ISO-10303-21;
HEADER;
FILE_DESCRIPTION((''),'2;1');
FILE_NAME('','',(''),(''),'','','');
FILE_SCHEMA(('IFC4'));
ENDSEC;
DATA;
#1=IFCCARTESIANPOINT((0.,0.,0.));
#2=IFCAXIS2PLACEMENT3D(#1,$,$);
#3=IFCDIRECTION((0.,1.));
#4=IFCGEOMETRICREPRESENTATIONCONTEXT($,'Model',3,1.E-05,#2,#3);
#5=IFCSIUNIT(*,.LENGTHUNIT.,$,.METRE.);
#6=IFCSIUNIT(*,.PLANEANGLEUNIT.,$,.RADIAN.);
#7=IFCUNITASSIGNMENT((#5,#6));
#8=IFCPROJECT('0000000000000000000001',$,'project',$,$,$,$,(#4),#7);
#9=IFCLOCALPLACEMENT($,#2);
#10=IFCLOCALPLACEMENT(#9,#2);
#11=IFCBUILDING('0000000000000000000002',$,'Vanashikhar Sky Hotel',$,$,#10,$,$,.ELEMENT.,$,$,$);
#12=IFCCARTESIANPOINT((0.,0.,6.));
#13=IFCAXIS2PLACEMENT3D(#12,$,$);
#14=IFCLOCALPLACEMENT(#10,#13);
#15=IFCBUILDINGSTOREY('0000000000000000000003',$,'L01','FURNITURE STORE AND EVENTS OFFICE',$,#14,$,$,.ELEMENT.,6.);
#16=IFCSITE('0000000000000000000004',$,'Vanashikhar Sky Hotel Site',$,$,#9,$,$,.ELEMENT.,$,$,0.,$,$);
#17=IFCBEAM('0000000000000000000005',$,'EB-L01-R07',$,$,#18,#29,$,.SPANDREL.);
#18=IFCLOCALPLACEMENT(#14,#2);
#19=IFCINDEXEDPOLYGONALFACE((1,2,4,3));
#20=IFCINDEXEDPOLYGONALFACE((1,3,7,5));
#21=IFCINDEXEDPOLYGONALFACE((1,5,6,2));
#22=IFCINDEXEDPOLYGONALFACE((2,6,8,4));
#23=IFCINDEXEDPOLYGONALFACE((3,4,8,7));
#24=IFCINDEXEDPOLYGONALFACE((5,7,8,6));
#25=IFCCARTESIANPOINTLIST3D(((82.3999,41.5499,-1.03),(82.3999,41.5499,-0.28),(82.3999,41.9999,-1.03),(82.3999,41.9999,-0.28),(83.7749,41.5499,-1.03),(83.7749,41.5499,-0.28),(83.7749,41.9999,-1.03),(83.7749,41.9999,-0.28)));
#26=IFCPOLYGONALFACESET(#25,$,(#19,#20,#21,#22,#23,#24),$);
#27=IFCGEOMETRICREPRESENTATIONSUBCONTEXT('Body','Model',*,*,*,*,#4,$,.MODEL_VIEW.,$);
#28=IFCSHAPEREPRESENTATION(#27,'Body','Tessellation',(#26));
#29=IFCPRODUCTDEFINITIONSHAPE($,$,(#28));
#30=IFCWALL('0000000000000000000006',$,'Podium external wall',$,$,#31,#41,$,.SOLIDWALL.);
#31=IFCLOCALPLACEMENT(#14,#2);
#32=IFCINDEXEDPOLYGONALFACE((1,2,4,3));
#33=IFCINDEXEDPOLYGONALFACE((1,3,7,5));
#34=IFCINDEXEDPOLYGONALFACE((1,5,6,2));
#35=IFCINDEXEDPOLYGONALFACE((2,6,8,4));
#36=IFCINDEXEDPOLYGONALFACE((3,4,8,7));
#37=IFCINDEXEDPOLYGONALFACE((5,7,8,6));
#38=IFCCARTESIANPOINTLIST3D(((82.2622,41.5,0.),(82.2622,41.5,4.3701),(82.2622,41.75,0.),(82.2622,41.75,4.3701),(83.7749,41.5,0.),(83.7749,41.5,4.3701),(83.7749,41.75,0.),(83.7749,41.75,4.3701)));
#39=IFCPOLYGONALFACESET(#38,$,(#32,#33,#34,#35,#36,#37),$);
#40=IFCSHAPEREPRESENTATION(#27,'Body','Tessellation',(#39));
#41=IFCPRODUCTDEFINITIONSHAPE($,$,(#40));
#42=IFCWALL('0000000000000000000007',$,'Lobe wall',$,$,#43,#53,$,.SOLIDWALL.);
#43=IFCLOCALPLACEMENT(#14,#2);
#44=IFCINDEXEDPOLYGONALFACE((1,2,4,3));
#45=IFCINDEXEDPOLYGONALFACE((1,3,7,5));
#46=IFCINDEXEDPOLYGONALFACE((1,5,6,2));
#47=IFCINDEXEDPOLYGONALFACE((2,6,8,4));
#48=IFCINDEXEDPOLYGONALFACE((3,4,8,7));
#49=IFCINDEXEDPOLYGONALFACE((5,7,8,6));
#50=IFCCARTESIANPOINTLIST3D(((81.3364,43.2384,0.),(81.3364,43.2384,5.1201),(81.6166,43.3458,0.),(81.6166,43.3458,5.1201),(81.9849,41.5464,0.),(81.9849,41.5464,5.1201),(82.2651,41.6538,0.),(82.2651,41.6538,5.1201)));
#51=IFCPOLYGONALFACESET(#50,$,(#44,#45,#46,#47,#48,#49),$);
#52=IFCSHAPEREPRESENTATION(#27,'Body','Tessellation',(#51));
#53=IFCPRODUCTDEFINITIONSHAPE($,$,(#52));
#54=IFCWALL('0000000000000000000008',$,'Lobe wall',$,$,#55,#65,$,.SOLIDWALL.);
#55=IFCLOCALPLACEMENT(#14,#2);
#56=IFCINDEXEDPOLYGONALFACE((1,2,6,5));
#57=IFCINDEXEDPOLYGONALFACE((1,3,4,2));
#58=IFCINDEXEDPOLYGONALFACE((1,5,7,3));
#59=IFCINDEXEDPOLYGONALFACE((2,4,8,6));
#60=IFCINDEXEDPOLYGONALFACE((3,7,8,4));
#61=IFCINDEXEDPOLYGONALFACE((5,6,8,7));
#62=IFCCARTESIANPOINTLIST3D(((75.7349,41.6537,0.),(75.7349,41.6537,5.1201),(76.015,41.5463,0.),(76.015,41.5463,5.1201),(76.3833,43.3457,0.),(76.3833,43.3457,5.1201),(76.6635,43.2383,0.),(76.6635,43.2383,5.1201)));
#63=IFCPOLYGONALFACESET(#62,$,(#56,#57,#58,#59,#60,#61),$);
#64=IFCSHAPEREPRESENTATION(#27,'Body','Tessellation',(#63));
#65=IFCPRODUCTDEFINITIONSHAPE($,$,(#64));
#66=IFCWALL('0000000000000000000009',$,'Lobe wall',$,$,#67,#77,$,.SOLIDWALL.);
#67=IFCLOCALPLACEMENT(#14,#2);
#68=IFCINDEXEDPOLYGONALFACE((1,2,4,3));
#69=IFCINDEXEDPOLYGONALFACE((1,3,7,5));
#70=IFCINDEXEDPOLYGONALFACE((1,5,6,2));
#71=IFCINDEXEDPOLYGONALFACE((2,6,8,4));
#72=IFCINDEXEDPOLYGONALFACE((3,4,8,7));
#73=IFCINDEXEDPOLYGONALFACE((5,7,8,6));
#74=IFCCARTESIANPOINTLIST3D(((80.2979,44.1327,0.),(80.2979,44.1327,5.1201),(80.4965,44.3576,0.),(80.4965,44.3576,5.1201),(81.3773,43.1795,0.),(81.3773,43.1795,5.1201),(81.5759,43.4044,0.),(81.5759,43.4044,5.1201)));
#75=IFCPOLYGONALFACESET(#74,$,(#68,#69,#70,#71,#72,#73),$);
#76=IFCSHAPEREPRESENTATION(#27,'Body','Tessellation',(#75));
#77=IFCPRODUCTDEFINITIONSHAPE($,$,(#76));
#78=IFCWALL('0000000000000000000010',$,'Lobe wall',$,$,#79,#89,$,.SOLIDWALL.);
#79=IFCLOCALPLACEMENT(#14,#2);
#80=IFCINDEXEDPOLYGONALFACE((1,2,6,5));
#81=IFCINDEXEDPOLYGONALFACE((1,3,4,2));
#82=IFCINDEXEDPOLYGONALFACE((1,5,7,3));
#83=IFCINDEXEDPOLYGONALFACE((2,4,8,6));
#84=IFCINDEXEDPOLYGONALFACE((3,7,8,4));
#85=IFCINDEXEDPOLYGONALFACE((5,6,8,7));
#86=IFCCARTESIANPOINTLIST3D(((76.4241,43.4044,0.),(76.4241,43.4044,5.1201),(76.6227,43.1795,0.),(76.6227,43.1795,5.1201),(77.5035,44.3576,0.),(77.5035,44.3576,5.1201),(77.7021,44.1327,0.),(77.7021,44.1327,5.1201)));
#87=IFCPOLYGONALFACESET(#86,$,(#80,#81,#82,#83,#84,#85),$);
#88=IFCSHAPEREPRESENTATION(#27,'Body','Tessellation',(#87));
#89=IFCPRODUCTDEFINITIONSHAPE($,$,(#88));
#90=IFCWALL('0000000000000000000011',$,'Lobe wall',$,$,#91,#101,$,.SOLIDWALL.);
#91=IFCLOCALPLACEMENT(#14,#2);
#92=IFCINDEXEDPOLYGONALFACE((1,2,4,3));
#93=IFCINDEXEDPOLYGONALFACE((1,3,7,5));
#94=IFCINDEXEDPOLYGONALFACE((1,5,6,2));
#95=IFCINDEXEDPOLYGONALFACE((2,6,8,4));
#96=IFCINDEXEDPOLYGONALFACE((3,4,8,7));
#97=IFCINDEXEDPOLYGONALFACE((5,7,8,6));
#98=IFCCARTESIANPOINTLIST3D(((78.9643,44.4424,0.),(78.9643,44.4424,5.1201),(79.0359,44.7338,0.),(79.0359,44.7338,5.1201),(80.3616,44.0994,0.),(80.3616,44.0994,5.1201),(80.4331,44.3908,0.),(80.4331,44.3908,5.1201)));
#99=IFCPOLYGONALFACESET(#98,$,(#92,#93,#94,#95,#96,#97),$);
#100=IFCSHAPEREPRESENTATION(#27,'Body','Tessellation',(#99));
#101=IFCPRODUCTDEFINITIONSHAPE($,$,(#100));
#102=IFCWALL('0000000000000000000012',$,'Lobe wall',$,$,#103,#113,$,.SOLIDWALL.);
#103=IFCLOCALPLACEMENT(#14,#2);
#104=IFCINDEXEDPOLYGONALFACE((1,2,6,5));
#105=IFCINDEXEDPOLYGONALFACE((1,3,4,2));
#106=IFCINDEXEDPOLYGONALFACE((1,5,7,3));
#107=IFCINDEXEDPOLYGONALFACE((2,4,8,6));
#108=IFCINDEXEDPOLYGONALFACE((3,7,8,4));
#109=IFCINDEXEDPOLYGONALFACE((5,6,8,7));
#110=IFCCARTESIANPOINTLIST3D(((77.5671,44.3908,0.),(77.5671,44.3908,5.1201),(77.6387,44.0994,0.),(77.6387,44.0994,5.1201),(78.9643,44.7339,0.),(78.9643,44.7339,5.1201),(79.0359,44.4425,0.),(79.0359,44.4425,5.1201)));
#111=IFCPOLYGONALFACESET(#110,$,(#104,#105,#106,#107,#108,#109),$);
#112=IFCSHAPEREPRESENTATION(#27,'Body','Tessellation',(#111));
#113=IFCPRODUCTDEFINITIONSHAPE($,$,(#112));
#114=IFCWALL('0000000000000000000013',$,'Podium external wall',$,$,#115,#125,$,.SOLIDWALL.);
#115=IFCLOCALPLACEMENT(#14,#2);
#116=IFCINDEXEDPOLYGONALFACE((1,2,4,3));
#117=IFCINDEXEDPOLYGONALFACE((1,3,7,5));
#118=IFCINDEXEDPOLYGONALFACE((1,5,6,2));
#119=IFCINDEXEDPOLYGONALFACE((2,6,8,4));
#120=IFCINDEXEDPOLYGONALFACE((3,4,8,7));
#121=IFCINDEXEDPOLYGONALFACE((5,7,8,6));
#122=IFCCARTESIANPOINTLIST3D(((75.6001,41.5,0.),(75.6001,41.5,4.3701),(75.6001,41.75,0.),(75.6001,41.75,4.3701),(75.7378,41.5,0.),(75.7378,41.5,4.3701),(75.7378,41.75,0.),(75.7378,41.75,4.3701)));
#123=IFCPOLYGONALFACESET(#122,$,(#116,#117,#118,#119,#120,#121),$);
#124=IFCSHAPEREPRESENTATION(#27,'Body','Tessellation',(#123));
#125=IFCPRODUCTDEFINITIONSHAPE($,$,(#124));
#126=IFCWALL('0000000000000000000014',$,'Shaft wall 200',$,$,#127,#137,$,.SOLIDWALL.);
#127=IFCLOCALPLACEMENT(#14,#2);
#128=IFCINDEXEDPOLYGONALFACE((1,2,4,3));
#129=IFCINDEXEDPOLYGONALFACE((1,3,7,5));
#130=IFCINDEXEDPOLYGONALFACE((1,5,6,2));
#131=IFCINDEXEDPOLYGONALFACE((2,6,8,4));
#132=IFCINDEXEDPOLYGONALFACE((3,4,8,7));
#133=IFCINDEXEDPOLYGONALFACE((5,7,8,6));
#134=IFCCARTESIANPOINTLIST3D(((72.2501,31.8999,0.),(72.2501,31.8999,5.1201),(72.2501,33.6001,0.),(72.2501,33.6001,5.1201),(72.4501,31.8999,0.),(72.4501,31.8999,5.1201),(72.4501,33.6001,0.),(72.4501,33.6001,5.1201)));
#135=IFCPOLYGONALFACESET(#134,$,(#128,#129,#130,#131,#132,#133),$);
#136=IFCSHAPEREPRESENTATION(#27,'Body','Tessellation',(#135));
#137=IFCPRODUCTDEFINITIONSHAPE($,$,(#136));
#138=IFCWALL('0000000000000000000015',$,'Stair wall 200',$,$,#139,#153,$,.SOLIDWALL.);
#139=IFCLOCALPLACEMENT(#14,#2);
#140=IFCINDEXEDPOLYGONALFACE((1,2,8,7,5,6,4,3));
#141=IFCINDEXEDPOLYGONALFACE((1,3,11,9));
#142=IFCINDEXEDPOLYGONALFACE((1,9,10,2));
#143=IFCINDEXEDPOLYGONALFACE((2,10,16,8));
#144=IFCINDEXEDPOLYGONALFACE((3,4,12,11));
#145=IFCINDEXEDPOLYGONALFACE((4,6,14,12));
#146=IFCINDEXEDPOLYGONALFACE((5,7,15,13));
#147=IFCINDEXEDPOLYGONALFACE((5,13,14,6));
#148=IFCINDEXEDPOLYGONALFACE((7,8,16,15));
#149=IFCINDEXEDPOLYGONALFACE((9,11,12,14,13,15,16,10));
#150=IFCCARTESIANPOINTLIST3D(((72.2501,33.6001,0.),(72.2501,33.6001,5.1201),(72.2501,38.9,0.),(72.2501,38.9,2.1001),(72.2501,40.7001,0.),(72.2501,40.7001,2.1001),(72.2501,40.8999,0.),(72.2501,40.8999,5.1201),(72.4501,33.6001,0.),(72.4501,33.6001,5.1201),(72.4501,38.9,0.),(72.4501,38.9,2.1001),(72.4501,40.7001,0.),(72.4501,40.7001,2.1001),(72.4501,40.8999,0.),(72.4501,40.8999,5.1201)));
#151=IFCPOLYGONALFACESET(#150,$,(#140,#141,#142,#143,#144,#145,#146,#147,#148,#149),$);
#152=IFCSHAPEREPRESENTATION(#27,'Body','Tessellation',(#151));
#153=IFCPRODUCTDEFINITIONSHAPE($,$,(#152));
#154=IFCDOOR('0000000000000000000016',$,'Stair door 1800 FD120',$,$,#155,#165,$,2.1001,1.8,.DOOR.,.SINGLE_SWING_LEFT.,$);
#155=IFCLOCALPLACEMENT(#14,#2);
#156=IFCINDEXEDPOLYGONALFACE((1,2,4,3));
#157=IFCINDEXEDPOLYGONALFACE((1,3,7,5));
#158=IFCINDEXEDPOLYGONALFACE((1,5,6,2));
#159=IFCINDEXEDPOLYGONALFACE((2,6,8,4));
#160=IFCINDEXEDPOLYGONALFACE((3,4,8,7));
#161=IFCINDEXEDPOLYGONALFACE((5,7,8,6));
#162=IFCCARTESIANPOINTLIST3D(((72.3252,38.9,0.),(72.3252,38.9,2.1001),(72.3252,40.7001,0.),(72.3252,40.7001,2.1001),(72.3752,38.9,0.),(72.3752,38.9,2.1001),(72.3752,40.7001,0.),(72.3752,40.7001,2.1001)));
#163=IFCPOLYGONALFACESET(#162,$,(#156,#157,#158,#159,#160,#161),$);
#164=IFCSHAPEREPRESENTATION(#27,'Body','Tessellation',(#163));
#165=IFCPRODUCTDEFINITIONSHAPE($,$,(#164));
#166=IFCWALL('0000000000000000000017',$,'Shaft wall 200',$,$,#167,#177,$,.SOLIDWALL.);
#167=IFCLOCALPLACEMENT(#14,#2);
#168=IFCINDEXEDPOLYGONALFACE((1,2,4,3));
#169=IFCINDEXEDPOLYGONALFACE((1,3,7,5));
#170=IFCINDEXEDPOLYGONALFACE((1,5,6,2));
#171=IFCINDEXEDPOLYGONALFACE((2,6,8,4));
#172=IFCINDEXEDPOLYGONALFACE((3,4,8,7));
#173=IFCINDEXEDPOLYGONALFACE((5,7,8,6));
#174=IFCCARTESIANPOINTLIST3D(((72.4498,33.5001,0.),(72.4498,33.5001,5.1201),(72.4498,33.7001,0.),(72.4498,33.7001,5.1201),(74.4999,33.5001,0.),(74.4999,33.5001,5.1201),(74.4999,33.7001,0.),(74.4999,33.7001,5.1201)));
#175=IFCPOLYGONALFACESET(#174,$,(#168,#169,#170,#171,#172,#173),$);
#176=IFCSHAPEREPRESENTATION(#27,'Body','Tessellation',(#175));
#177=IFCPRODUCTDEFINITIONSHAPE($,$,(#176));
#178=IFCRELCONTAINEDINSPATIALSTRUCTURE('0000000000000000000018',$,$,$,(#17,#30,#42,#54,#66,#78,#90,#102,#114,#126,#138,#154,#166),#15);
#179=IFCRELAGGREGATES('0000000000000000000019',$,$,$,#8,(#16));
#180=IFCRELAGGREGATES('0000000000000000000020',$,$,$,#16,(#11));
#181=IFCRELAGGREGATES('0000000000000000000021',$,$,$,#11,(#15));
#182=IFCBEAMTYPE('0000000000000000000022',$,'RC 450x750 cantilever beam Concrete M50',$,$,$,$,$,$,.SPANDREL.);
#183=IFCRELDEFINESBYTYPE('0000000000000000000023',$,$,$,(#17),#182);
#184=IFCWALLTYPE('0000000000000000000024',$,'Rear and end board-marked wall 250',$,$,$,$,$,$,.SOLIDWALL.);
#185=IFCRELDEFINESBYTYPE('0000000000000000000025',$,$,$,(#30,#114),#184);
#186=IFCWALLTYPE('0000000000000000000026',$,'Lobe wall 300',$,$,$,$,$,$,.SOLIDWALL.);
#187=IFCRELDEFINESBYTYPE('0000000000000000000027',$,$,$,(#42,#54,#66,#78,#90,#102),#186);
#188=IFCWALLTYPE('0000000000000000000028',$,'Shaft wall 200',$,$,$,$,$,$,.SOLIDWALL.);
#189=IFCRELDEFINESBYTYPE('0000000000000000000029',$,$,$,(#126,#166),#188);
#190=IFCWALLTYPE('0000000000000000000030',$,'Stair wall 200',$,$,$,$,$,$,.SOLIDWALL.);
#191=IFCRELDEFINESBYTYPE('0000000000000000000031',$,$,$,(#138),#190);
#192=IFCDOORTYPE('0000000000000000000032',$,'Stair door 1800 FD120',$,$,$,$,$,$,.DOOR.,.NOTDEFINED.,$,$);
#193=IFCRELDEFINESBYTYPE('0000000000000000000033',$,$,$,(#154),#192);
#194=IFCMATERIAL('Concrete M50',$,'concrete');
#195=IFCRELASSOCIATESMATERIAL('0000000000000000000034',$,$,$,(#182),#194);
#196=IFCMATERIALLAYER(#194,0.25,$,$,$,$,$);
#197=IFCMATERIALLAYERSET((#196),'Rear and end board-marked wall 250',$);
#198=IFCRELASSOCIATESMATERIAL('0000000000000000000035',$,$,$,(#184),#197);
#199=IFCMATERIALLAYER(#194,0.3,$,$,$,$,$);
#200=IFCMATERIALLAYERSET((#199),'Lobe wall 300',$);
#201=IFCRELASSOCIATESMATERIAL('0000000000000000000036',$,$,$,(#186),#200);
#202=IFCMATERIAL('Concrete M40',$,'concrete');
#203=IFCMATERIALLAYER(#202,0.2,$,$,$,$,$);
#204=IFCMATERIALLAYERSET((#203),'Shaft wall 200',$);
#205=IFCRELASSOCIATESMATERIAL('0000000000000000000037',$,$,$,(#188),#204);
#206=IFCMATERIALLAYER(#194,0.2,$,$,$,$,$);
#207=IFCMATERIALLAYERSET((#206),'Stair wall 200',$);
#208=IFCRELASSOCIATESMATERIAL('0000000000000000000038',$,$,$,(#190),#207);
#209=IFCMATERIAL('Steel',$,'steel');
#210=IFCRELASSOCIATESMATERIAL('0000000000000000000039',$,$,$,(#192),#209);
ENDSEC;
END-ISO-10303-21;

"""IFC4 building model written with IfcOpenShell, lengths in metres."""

from ifc_helpers import new_model, si_unit, direction, frame, frame_2d, origin, origin_2d, place, context, subcontext, project, spatial, rectangle, extrude, source, transform, mapped, material, layer, layer_set, material_profile, profile_set, type_object, element, fill, save


model = new_model("IFC4")

# Units and contexts
model_context = context("Model", 3, precision=1e-05, world=origin(), true_north=direction((0.0, 1.0)))
body_context = subcontext(model_context, "Body", "Model", "MODEL_VIEW")
ifc_project = project(units=[si_unit("LENGTHUNIT", "METRE"), si_unit("PLANEANGLEUNIT", "RADIAN")], contexts=[model_context])

# Site, building, storey
site_placement = place(None, origin())
site = spatial("IfcSite", under=ifc_project, at=site_placement, Name="Vanashikhar Sky Hotel Site", CompositionType="ELEMENT", RefElevation=0.0)
building_placement = place(site_placement, origin())
building = spatial("IfcBuilding", under=site, at=building_placement, Name="Vanashikhar Sky Hotel", CompositionType="ELEMENT")
storey_placement = place(building_placement, frame((0.0, 0.0, 6.0)))
storey = spatial("IfcBuildingStorey", under=building, at=storey_placement, Name="L01", Description="FURNITURE STORE AND EVENTS OFFICE", CompositionType="ELEMENT", Elevation=6.0)

# Beam
ifc_material_1 = material(Name="Concrete M50", Category="concrete")
ifc_material_profile = material_profile(ifc_material_1, rectangle(XDim=0.45, YDim=0.75, at=origin_2d()))
ifc_profile_set = profile_set([ifc_material_profile], Name="RC 450x750 cantilever beam Concrete M50")
beam_type = type_object("IfcBeamType", Name="RC 450x750 cantilever beam Concrete M50", PredefinedType="SPANDREL", material=ifc_profile_set)
shared_shape_1 = source(origin(), body_context, "Body", "SweptSolid", [
    extrude(rectangle(XDim=0.45, YDim=0.75, at=origin_2d()), origin(), (0.0, 0.0, 1.0), 1.375),
])
beam_placement = place(storey_placement, frame((82.3999, 41.7749, -0.655), z_axis=(1.0, 0.0, 0.0), x_axis=(0.0, 1.0, 0.0)))
element("IfcBeam", 1, at=beam_placement, inside=storey, type_object=beam_type, Name="EB-L01-R07", PredefinedType="SPANDREL", context=body_context, shape_type="MappedRepresentation", body=[
    mapped(shared_shape_1, transform((0.0, 0.0, 0.0), scale=1.0)),
])

# Walls
ifc_layer_1 = layer(ifc_material_1, 0.25)
ifc_layer_set_1 = layer_set([ifc_layer_1], Name="Rear and end board-marked wall 250")
wall_type_1 = type_object("IfcWallType", Name="Rear and end board-marked wall 250", PredefinedType="SOLIDWALL", material=ifc_layer_set_1)
shared_shape_2 = source(origin(), body_context, "Body", "SweptSolid", [
    extrude(rectangle(XDim=1.5127, YDim=0.25, at=frame_2d((0.7563, 0.0))), origin(), (0.0, 0.0, 1.0), 4.3701),
])
wall_1_placement = place(storey_placement, frame((83.7749, 41.625, 0.0), z_axis=(0.0, 0.0, 1.0), x_axis=(-1.0, 0.0, 0.0)))
element("IfcWall", 2, at=wall_1_placement, inside=storey, type_object=wall_type_1, Name="Podium external wall", PredefinedType="SOLIDWALL", context=body_context, shape_type="MappedRepresentation", body=[
    mapped(shared_shape_2, transform((0.0, 0.0, 0.0), scale=1.0)),
])
ifc_layer_2 = layer(ifc_material_1, 0.3)
ifc_layer_set_2 = layer_set([ifc_layer_2], Name="Lobe wall 300")
wall_type_2 = type_object("IfcWallType", Name="Lobe wall 300", PredefinedType="SOLIDWALL", material=ifc_layer_set_2)
shared_shape_3 = source(origin(), body_context, "Body", "SweptSolid", [
    extrude(rectangle(XDim=1.812, YDim=0.3, at=frame_2d((0.906, 0.0))), origin(), (0.0, 0.0, 1.0), 5.1201),
])
for number, where, z_axis, x_axis, name in (
    (3, (82.125, 41.6001, 0.0), (0.0, 0.0, 1.0), (-0.357877, 0.933769, 0.0), "Lobe wall"),
    (4, (76.5234, 43.292, 0.0), (0.0, 0.0, 1.0), (-0.357877, -0.933769, 0.0), "Lobe wall"),
):
    element("IfcWall", number, at=place(storey_placement, frame(where, z_axis=z_axis, x_axis=x_axis)), inside=storey, type_object=wall_type_2, Name=name, PredefinedType="SOLIDWALL", context=body_context, shape_type="MappedRepresentation", body=[
        mapped(shared_shape_3, transform((0.0, 0.0, 0.0), scale=1.0)),
    ])
shared_shape_4 = source(origin(), body_context, "Body", "SweptSolid", [
    extrude(rectangle(XDim=1.4399, YDim=0.3, at=frame_2d((0.72, 0.0))), origin(), (0.0, 0.0, 1.0), 5.1201),
])
for number, where, z_axis, x_axis, name in (
    (5, (81.4766, 43.292, 0.0), (0.0, 0.0, 1.0), (-0.749576, 0.661919, 0.0), "Lobe wall"),
    (6, (77.6028, 44.2451, 0.0), (0.0, 0.0, 1.0), (-0.749576, -0.661919, 0.0), "Lobe wall"),
):
    element("IfcWall", number, at=place(storey_placement, frame(where, z_axis=z_axis, x_axis=x_axis)), inside=storey, type_object=wall_type_2, Name=name, PredefinedType="SOLIDWALL", context=body_context, shape_type="MappedRepresentation", body=[
        mapped(shared_shape_4, transform((0.0, 0.0, 0.0), scale=1.0)),
    ])
shared_shape_5 = source(origin(), body_context, "Body", "SweptSolid", [
    extrude(rectangle(XDim=1.4387, YDim=0.3, at=frame_2d((0.7192, 0.0))), origin(), (0.0, 0.0, 1.0), 5.1201),
])
for number, where, z_axis, x_axis, name in (
    (7, (80.3972, 44.2451, 0.0), (0.0, 0.0, 1.0), (-0.971162, 0.238421, 0.0), "Lobe wall"),
    (8, (79.0, 44.5881, 0.0), (0.0, 0.0, 1.0), (-0.971162, -0.238421, 0.0), "Lobe wall"),
):
    element("IfcWall", number, at=place(storey_placement, frame(where, z_axis=z_axis, x_axis=x_axis)), inside=storey, type_object=wall_type_2, Name=name, PredefinedType="SOLIDWALL", context=body_context, shape_type="MappedRepresentation", body=[
        mapped(shared_shape_5, transform((0.0, 0.0, 0.0), scale=1.0)),
    ])
shared_shape_6 = source(origin(), body_context, "Body", "SweptSolid", [
    extrude(rectangle(XDim=0.1377, YDim=0.25, at=frame_2d((0.0688, 0.0))), origin(), (0.0, 0.0, 1.0), 4.3701),
])
wall_2_placement = place(storey_placement, frame((75.7378, 41.625, 0.0), z_axis=(0.0, 0.0, 1.0), x_axis=(-1.0, 0.0, 0.0)))
element("IfcWall", 9, at=wall_2_placement, inside=storey, type_object=wall_type_1, Name="Podium external wall", PredefinedType="SOLIDWALL", context=body_context, shape_type="MappedRepresentation", body=[
    mapped(shared_shape_6, transform((0.0, 0.0, 0.0), scale=1.0)),
])
ifc_material_2 = material(Name="Concrete M40", Category="concrete")
ifc_layer_3 = layer(ifc_material_2, 0.2)
ifc_layer_set_3 = layer_set([ifc_layer_3], Name="Shaft wall 200")
wall_type_3 = type_object("IfcWallType", Name="Shaft wall 200", PredefinedType="SOLIDWALL", material=ifc_layer_set_3)
shared_shape_7 = source(origin(), body_context, "Body", "SweptSolid", [
    extrude(rectangle(XDim=1.7002, YDim=0.2, at=frame_2d((0.8501, 0.0))), origin(), (0.0, 0.0, 1.0), 5.1201),
])
wall_3_placement = place(storey_placement, frame((72.3501, 31.8999, 0.0), z_axis=(0.0, 0.0, 1.0), x_axis=(0.0, 1.0, 0.0)))
element("IfcWall", 10, at=wall_3_placement, inside=storey, type_object=wall_type_3, Name="Shaft wall 200", PredefinedType="SOLIDWALL", context=body_context, shape_type="MappedRepresentation", body=[
    mapped(shared_shape_7, transform((0.0, 0.0, 0.0), scale=1.0)),
])

# Wall, opening, door
ifc_layer_4 = layer(ifc_material_1, 0.2)
ifc_layer_set_4 = layer_set([ifc_layer_4], Name="Stair wall 200")
wall_type_4 = type_object("IfcWallType", Name="Stair wall 200", PredefinedType="SOLIDWALL", material=ifc_layer_set_4)
shared_shape_8 = source(origin(), body_context, "Body", "SweptSolid", [
    extrude(rectangle(XDim=7.2998, YDim=0.2, at=frame_2d((3.6499, 0.0))), origin(), (0.0, 0.0, 1.0), 5.1201),
])
wall_4_placement = place(storey_placement, frame((72.3501, 33.6001, 0.0), z_axis=(0.0, 0.0, 1.0), x_axis=(0.0, 1.0, 0.0)))
wall_4 = element("IfcWall", 11, at=wall_4_placement, inside=storey, type_object=wall_type_4, Name="Stair wall 200", PredefinedType="SOLIDWALL", context=body_context, shape_type="MappedRepresentation", body=[
    mapped(shared_shape_8, transform((0.0, 0.0, 0.0), scale=1.0)),
])
shared_shape_9 = source(origin(), body_context, "Body", "SweptSolid", [
    extrude(rectangle(XDim=1.8, YDim=2.1001, at=frame_2d((0.8999, 1.05))), frame((0.0, 0.1099, 0.0), z_axis=(0.0, -1.0, 0.0), x_axis=(1.0, 0.0, 0.0)), (0.0, 0.0, 1.0), 0.22),
])
opening_1_placement = place(wall_4_placement, frame((5.3, 0.0, 0.0)))
opening_1 = element("IfcOpeningElement", 12, at=opening_1_placement, cuts=wall_4, PredefinedType="OPENING", context=body_context, shape_type="MappedRepresentation", body=[
    mapped(shared_shape_9, transform((0.0, 0.0, 0.0), scale=1.0)),
])
ifc_material_3 = material(Name="Steel", Category="steel")
door_type_1 = type_object("IfcDoorType", Name="Stair door 1800 FD120", OperationType="NOTDEFINED", PredefinedType="DOOR", material=ifc_material_3)
shared_shape_10 = source(origin(), body_context, "Body", "SweptSolid", [
    extrude(rectangle(XDim=1.8, YDim=2.1001, at=frame_2d((0.8999, 1.05))), frame((0.0, 0.0249, 0.0), z_axis=(0.0, -1.0, 0.0), x_axis=(1.0, 0.0, 0.0)), (0.0, 0.0, 1.0), 0.05),
])
door_1_placement = place(opening_1_placement, origin())
door_1 = element("IfcDoor", 13, at=door_1_placement, inside=storey, type_object=door_type_1, Name="Stair door 1800 FD120", OperationType="SINGLE_SWING_LEFT", OverallHeight=2.1001, OverallWidth=1.8, PredefinedType="DOOR", context=body_context, shape_type="MappedRepresentation", body=[
    mapped(shared_shape_10, transform((0.0, 0.0, 0.0), scale=1.0)),
])
fill(opening_1, door_1)

# Wall
shared_shape_11 = source(origin(), body_context, "Body", "SweptSolid", [
    extrude(rectangle(XDim=2.05, YDim=0.2, at=frame_2d((1.0249, 0.0))), origin(), (0.0, 0.0, 1.0), 5.1201),
])
wall_5_placement = place(storey_placement, frame((72.45, 33.6001, 0.0), z_axis=(0.0, 0.0, 1.0), x_axis=(1.0, 0.0, 0.0)))
element("IfcWall", 14, at=wall_5_placement, inside=storey, type_object=wall_type_3, Name="Shaft wall 200", PredefinedType="SOLIDWALL", context=body_context, shape_type="MappedRepresentation", body=[
    mapped(shared_shape_11, transform((0.0, 0.0, 0.0), scale=1.0)),
])

save(model, "model.ifc")
